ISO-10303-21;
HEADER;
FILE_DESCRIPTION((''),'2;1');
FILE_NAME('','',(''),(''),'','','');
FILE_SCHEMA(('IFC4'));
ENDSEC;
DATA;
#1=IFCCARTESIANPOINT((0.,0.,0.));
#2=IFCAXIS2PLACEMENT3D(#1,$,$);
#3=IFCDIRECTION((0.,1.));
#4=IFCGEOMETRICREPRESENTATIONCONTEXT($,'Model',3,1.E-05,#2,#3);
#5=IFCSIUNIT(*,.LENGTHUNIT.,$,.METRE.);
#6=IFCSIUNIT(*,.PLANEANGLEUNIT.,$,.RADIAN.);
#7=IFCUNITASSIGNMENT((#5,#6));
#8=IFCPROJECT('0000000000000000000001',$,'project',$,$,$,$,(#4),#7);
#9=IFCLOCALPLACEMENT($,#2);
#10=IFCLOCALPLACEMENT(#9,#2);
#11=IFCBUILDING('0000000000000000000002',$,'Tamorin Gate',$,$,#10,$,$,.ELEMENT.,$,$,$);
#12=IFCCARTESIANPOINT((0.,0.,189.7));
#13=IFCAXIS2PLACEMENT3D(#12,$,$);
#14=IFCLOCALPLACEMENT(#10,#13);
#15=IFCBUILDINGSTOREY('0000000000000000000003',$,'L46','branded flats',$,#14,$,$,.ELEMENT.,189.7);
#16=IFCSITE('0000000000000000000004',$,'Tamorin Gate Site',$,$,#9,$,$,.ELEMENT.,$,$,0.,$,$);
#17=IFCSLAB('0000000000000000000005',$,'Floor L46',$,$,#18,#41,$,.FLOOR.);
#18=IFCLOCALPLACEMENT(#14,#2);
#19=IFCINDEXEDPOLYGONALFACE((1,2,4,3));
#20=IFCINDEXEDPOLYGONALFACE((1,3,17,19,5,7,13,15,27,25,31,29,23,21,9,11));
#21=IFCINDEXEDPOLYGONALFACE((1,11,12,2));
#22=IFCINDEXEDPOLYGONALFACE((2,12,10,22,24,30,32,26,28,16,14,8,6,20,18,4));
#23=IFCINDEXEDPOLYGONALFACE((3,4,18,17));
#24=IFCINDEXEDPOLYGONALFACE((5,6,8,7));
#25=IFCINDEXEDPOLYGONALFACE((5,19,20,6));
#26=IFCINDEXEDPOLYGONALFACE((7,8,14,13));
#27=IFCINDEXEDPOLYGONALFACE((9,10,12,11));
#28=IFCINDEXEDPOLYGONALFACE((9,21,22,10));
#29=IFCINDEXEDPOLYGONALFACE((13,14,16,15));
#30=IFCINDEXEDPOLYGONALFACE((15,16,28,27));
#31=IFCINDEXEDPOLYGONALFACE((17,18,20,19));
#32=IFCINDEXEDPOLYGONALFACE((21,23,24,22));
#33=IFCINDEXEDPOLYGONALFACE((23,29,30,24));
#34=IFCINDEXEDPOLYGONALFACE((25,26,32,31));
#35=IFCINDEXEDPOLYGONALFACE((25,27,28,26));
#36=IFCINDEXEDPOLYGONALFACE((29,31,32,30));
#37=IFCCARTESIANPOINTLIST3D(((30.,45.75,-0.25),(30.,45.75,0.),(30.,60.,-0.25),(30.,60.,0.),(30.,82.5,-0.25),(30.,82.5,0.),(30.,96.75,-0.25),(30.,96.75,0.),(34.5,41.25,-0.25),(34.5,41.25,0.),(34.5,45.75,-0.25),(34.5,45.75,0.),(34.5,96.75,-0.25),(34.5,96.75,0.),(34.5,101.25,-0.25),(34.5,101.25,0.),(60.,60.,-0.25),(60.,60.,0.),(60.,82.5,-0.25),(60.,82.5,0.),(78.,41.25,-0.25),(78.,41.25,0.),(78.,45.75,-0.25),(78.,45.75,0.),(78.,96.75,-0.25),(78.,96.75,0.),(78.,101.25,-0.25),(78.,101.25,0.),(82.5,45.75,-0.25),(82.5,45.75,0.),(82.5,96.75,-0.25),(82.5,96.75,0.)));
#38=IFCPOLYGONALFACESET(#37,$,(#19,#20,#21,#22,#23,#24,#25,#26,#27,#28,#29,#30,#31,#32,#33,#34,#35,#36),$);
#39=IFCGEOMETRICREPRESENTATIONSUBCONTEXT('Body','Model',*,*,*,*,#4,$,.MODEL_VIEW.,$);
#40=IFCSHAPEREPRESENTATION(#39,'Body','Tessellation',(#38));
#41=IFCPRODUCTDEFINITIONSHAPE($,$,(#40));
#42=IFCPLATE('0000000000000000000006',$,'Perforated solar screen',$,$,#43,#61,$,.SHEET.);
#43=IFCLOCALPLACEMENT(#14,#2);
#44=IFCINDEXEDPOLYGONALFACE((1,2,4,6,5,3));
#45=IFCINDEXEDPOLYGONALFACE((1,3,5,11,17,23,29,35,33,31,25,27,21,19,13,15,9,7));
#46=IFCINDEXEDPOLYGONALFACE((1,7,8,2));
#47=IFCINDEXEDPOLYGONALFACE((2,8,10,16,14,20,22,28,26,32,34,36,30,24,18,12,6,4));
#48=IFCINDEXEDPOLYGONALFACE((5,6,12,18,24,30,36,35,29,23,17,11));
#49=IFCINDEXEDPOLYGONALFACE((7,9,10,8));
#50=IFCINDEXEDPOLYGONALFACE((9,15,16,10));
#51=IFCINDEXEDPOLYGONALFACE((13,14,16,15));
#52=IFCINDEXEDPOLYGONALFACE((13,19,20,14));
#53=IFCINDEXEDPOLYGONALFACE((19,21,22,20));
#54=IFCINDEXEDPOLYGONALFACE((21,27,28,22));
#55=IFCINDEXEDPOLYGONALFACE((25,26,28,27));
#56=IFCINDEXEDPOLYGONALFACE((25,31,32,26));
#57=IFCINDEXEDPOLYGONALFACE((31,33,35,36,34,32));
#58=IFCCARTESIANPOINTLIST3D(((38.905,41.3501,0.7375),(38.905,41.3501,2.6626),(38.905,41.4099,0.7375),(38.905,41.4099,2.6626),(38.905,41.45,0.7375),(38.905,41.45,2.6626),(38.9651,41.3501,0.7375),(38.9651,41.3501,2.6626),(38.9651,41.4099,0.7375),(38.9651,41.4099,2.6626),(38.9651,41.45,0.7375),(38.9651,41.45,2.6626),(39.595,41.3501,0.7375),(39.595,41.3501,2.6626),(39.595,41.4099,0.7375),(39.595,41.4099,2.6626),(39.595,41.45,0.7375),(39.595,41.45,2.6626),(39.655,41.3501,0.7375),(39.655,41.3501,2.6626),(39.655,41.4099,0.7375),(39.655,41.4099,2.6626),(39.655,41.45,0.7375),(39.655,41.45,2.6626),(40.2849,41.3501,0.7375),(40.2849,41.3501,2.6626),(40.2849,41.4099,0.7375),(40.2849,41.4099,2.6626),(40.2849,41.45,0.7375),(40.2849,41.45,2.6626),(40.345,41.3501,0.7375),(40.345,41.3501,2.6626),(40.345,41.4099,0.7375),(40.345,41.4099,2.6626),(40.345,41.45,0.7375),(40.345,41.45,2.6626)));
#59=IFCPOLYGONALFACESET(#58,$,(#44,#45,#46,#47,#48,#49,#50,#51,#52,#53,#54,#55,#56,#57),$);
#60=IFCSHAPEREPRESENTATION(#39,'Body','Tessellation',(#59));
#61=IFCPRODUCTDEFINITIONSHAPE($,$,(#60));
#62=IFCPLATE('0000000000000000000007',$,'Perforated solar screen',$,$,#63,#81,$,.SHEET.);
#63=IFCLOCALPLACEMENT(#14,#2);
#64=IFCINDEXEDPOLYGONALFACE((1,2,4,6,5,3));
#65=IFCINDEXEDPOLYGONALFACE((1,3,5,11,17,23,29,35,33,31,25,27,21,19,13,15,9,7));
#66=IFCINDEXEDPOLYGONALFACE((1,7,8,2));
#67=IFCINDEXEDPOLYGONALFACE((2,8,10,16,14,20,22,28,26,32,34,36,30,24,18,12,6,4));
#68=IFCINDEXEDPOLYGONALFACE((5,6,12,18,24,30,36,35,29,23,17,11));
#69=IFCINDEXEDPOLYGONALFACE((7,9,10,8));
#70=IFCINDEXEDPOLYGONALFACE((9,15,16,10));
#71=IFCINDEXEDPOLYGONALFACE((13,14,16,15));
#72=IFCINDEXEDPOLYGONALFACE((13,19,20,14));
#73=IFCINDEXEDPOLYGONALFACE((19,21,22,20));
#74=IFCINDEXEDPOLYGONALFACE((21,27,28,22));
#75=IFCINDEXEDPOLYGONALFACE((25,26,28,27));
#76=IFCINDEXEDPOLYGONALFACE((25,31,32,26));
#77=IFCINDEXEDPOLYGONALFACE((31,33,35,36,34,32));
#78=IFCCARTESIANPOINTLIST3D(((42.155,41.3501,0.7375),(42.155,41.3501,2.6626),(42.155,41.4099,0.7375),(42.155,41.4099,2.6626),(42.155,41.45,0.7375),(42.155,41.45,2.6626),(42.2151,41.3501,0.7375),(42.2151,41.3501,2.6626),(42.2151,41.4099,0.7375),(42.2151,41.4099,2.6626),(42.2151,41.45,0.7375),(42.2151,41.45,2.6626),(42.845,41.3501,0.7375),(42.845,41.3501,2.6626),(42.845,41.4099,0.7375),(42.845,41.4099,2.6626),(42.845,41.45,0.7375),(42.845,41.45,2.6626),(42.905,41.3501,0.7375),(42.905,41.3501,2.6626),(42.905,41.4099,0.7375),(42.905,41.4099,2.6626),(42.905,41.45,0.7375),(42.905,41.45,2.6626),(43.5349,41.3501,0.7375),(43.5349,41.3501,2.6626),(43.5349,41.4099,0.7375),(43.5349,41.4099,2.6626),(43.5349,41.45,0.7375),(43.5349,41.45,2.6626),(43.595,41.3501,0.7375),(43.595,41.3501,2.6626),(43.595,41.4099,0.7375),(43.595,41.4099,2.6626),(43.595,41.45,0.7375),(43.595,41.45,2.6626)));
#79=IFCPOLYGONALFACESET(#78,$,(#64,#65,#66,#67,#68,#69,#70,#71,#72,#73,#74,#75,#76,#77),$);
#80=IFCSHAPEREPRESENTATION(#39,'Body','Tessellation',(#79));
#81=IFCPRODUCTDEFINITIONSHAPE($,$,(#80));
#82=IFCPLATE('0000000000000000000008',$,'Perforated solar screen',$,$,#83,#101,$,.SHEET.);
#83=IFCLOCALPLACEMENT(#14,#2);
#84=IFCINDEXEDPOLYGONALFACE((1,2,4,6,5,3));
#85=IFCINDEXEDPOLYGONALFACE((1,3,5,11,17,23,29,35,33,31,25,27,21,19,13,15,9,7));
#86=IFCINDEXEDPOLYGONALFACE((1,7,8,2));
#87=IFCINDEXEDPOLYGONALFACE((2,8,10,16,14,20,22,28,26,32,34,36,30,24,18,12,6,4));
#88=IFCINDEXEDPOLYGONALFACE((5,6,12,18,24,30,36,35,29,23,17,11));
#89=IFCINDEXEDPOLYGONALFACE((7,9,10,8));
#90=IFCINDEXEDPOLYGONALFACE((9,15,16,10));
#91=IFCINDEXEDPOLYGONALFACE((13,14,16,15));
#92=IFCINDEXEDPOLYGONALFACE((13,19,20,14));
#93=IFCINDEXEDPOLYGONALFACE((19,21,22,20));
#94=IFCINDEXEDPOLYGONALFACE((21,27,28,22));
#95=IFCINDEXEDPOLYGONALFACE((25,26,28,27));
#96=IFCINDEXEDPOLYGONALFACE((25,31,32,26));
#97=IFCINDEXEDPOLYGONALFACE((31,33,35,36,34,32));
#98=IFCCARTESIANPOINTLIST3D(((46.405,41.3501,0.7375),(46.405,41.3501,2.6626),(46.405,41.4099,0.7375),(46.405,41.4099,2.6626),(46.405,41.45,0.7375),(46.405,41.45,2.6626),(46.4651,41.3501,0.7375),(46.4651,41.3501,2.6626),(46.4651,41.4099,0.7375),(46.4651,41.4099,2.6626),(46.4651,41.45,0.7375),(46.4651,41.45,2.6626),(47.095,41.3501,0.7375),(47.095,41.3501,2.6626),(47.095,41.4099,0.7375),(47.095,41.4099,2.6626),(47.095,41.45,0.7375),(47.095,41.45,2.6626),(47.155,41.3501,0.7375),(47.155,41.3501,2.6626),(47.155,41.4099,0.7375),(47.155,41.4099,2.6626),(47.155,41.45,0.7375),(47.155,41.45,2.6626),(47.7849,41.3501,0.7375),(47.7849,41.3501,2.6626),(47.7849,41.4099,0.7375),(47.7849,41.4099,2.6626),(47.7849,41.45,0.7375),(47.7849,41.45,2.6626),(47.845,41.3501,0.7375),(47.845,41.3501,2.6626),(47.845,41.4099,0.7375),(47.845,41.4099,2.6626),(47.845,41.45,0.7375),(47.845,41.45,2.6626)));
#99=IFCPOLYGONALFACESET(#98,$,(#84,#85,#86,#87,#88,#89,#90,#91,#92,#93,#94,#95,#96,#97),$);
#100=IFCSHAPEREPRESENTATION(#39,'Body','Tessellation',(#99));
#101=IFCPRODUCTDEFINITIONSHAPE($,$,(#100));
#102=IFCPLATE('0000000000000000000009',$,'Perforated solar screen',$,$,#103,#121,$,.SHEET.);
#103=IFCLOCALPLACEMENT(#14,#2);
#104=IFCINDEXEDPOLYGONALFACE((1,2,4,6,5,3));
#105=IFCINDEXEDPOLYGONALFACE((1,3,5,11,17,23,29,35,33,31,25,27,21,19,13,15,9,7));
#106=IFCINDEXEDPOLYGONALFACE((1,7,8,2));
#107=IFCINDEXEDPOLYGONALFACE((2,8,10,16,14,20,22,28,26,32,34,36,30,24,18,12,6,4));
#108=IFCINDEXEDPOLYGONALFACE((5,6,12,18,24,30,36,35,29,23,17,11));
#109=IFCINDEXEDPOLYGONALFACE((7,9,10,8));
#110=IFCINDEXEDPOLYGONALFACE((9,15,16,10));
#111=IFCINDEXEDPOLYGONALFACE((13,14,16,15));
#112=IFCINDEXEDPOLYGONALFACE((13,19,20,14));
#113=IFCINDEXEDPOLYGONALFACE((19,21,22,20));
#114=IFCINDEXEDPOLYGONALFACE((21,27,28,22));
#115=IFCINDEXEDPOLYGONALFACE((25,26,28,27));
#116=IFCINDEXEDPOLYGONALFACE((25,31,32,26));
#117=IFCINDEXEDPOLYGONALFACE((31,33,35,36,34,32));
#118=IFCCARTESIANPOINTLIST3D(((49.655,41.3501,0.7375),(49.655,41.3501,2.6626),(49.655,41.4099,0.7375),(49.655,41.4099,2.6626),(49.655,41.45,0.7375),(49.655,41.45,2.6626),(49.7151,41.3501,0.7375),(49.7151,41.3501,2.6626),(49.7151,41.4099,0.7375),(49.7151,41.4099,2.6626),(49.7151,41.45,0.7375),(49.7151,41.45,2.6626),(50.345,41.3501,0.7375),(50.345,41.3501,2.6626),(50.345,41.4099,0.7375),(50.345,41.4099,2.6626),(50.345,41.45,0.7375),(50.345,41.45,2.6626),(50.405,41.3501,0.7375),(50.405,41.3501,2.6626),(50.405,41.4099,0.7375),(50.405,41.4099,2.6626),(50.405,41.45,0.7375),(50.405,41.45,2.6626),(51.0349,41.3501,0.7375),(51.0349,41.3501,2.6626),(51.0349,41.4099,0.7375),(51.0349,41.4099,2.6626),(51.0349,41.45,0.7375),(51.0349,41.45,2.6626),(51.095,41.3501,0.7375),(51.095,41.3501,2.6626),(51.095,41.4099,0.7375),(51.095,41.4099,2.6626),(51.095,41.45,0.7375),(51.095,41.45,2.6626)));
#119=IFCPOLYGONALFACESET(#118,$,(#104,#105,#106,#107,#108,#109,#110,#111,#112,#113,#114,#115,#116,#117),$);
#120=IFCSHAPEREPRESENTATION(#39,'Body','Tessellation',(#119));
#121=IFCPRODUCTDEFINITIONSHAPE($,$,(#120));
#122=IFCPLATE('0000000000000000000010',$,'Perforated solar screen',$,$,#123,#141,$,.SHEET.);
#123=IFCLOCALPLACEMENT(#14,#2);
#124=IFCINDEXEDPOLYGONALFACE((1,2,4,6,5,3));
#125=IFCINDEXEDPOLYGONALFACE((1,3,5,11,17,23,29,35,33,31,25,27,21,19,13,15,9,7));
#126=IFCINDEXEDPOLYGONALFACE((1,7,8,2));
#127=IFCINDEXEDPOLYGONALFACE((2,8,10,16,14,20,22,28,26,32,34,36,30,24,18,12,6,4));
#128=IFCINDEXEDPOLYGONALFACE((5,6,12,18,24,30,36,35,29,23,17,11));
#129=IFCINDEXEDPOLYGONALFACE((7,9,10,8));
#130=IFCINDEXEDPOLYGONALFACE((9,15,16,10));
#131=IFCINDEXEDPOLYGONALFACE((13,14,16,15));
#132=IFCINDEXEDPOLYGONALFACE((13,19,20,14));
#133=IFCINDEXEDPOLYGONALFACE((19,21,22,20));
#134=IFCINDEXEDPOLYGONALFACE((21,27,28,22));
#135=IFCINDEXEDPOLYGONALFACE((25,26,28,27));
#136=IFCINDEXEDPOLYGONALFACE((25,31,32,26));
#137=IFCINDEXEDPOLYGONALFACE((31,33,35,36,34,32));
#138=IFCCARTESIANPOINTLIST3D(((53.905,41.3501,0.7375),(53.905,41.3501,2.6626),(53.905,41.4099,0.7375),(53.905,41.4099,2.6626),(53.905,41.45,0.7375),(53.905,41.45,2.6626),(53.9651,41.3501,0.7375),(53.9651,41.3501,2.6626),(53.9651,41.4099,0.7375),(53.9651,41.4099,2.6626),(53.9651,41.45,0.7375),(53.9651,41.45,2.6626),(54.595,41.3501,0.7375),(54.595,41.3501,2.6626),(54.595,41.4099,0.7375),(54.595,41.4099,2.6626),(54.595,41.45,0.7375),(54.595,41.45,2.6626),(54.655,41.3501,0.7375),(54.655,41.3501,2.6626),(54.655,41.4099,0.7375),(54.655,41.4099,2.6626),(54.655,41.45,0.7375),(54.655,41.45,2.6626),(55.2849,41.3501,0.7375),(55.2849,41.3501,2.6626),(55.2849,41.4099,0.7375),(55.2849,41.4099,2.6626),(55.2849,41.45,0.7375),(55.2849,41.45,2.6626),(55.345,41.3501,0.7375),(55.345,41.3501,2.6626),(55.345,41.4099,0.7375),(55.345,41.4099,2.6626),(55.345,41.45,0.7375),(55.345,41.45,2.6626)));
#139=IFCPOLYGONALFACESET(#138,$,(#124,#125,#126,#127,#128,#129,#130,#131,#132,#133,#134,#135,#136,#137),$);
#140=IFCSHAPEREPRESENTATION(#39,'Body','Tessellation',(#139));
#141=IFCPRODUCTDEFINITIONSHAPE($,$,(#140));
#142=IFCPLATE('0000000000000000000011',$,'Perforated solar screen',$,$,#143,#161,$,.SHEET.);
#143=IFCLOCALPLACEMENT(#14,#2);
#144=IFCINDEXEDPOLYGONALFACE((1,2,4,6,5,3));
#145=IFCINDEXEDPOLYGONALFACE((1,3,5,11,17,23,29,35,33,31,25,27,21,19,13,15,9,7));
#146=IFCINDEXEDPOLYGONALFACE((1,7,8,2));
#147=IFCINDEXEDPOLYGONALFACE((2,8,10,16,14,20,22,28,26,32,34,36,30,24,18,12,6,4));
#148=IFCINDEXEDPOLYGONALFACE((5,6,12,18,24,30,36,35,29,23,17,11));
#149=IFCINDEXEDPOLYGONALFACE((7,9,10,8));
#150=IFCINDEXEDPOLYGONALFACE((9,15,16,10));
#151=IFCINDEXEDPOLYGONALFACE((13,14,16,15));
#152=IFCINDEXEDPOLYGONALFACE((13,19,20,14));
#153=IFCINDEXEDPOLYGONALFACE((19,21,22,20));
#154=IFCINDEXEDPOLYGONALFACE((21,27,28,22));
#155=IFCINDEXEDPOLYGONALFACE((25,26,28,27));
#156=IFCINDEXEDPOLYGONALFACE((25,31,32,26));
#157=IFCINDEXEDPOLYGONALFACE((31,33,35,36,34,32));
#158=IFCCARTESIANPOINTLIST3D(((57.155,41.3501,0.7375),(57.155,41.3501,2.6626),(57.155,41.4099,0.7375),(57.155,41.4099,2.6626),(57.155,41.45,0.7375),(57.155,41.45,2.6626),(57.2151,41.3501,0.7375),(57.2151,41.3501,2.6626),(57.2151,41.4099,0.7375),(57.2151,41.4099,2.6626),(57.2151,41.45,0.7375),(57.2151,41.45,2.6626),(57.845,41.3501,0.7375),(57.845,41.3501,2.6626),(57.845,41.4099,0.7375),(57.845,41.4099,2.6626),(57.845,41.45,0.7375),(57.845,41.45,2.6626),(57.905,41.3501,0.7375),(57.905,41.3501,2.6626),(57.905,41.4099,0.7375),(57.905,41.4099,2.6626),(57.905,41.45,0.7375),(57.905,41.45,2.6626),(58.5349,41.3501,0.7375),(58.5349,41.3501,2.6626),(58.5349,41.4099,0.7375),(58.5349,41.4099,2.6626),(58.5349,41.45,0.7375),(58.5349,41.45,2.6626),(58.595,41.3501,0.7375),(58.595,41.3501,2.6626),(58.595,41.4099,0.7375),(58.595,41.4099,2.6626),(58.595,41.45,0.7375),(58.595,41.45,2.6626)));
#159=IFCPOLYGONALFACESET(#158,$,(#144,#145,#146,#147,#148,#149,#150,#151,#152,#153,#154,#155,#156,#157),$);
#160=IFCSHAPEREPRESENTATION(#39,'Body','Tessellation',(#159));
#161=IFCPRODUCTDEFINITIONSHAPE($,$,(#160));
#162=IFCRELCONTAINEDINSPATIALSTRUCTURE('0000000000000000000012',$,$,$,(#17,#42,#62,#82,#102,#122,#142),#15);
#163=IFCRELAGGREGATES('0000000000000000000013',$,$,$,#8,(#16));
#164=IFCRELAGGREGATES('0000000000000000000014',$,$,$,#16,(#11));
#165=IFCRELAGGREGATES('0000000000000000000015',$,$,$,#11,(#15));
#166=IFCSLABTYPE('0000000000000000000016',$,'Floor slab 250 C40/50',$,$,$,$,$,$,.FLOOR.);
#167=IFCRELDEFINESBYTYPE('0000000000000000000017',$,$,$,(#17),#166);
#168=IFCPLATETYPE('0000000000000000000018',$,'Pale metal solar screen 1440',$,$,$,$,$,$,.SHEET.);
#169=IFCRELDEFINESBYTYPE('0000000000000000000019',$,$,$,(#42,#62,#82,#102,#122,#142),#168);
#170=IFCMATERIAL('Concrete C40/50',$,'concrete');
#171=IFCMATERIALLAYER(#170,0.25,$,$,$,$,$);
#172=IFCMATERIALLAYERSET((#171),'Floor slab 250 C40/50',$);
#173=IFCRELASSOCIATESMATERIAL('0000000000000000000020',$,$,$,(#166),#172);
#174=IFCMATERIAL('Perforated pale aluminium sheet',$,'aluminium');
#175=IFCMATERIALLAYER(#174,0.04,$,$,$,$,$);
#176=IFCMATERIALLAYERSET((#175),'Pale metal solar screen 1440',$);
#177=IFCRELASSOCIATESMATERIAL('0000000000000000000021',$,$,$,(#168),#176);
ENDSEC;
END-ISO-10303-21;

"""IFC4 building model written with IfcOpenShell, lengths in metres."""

from ifc_helpers import new_model, si_unit, direction, frame, origin, place, context, subcontext, project, spatial, polyline, outline, extrude, material, layer, layer_set, type_object, element, save


model = new_model("IFC4")

# Units and contexts
model_context = context("Model", 3, precision=1e-05, world=origin(), true_north=direction((0.0, 1.0)))
body_context = subcontext(model_context, "Body", "Model", "MODEL_VIEW")
ifc_project = project(units=[si_unit("LENGTHUNIT", "METRE"), si_unit("PLANEANGLEUNIT", "RADIAN")], contexts=[model_context])

# Site, building, storey
site_placement = place(None, origin())
site = spatial("IfcSite", under=ifc_project, at=site_placement, Name="Tamorin Gate Site", CompositionType="ELEMENT", RefElevation=0.0)
building_placement = place(site_placement, origin())
building = spatial("IfcBuilding", under=site, at=building_placement, Name="Tamorin Gate", CompositionType="ELEMENT")
storey_placement = place(building_placement, frame((0.0, 0.0, 189.7)))
storey = spatial("IfcBuildingStorey", under=building, at=storey_placement, Name="L46", Description="branded flats", CompositionType="ELEMENT", Elevation=189.7)

# Slab
ifc_material_1 = material(Name="Concrete C40/50", Category="concrete")
ifc_layer_1 = layer(ifc_material_1, 0.25)
ifc_layer_set_1 = layer_set([ifc_layer_1], Name="Floor slab 250 C40/50")
slab_type = type_object("IfcSlabType", Name="Floor slab 250 C40/50", PredefinedType="FLOOR", material=ifc_layer_set_1)
slab_placement = place(storey_placement, frame((0.0, 0.0, -0.25)))
element("IfcSlab", 1, at=slab_placement, inside=storey, type_object=slab_type, Name="Floor L46", PredefinedType="FLOOR", context=body_context, shape_type="SweptSolid", body=[
    extrude(outline(polyline([(30.0, 96.75), (34.5, 96.75), (34.5, 101.25), (78.0, 101.25), (78.0, 96.75), (82.5, 96.75), (82.5, 45.75), (78.0, 45.75), (78.0, 41.25), (34.5, 41.25), (34.5, 45.75), (30.0, 45.75), (30.0, 60.0), (60.0, 60.0), (60.0, 82.5), (30.0, 82.5), (30.0, 96.75)])), origin(), (0.0, 0.0, 1.0), 0.25),
])

# Plates
ifc_material_2 = material(Name="Perforated pale aluminium sheet", Category="aluminium")
ifc_layer_2 = layer(ifc_material_2, 0.04)
ifc_layer_set_2 = layer_set([ifc_layer_2], Name="Pale metal solar screen 1440")
plate_type_1 = type_object("IfcPlateType", Name="Pale metal solar screen 1440", PredefinedType="SHEET", material=ifc_layer_set_2)
plate_1_placement = place(storey_placement, frame((0.0, 0.0, 0.7375)))
element("IfcPlate", 2, at=plate_1_placement, inside=storey, type_object=plate_type_1, Name="Perforated solar screen", PredefinedType="SHEET", context=body_context, shape_type="SweptSolid", body=[
    extrude(outline(polyline([(38.905, 41.4099), (38.905, 41.45), (38.9651, 41.45), (39.595, 41.45), (39.655, 41.45), (40.2849, 41.45), (40.345, 41.45), (40.345, 41.45), (40.345, 41.4099), (40.345, 41.4099), (40.345, 41.3501), (40.2849, 41.3501), (40.2849, 41.4099), (39.655, 41.4099), (39.655, 41.3501), (39.595, 41.3501), (39.595, 41.4099), (38.9651, 41.4099), (38.9651, 41.3501), (38.905, 41.3501), (38.905, 41.4099)])), origin(), (0.0, 0.0, 1.0), 1.925),
])
plate_2_placement = place(storey_placement, frame((0.0, 0.0, 0.7375)))
element("IfcPlate", 3, at=plate_2_placement, inside=storey, type_object=plate_type_1, Name="Perforated solar screen", PredefinedType="SHEET", context=body_context, shape_type="SweptSolid", body=[
    extrude(outline(polyline([(42.155, 41.4099), (42.155, 41.45), (42.2151, 41.45), (42.845, 41.45), (42.905, 41.45), (43.5349, 41.45), (43.595, 41.45), (43.595, 41.4099), (43.595, 41.3501), (43.5349, 41.3501), (43.5349, 41.4099), (42.905, 41.4099), (42.905, 41.3501), (42.845, 41.3501), (42.845, 41.4099), (42.2151, 41.4099), (42.2151, 41.3501), (42.155, 41.3501), (42.155, 41.4099)])), origin(), (0.0, 0.0, 1.0), 1.925),
])
plate_3_placement = place(storey_placement, frame((0.0, 0.0, 0.7375)))
element("IfcPlate", 4, at=plate_3_placement, inside=storey, type_object=plate_type_1, Name="Perforated solar screen", PredefinedType="SHEET", context=body_context, shape_type="SweptSolid", body=[
    extrude(outline(polyline([(46.405, 41.4099), (46.405, 41.45), (46.4651, 41.45), (47.095, 41.45), (47.155, 41.45), (47.7849, 41.45), (47.845, 41.45), (47.845, 41.4099), (47.845, 41.3501), (47.7849, 41.3501), (47.7849, 41.4099), (47.155, 41.4099), (47.155, 41.3501), (47.095, 41.3501), (47.095, 41.4099), (46.4651, 41.4099), (46.4651, 41.3501), (46.405, 41.3501), (46.405, 41.4099)])), origin(), (0.0, 0.0, 1.0), 1.925),
])
plate_4_placement = place(storey_placement, frame((0.0, 0.0, 0.7375)))
element("IfcPlate", 5, at=plate_4_placement, inside=storey, type_object=plate_type_1, Name="Perforated solar screen", PredefinedType="SHEET", context=body_context, shape_type="SweptSolid", body=[
    extrude(outline(polyline([(49.655, 41.4099), (49.655, 41.45), (49.7151, 41.45), (50.345, 41.45), (50.405, 41.45), (51.0349, 41.45), (51.095, 41.45), (51.095, 41.4099), (51.095, 41.3501), (51.0349, 41.3501), (51.0349, 41.4099), (50.405, 41.4099), (50.405, 41.3501), (50.345, 41.3501), (50.345, 41.4099), (49.7151, 41.4099), (49.7151, 41.3501), (49.655, 41.3501), (49.655, 41.4099)])), origin(), (0.0, 0.0, 1.0), 1.925),
])
plate_5_placement = place(storey_placement, frame((0.0, 0.0, 0.7375)))
element("IfcPlate", 6, at=plate_5_placement, inside=storey, type_object=plate_type_1, Name="Perforated solar screen", PredefinedType="SHEET", context=body_context, shape_type="SweptSolid", body=[
    extrude(outline(polyline([(53.905, 41.4099), (53.905, 41.45), (53.9651, 41.45), (54.595, 41.45), (54.655, 41.45), (55.2849, 41.45), (55.345, 41.45), (55.345, 41.4099), (55.345, 41.3501), (55.2849, 41.3501), (55.2849, 41.4099), (54.655, 41.4099), (54.655, 41.3501), (54.595, 41.3501), (54.595, 41.4099), (53.9651, 41.4099), (53.9651, 41.3501), (53.905, 41.3501), (53.905, 41.4099)])), origin(), (0.0, 0.0, 1.0), 1.925),
])
plate_6_placement = place(storey_placement, frame((0.0, 0.0, 0.7375)))
element("IfcPlate", 7, at=plate_6_placement, inside=storey, type_object=plate_type_1, Name="Perforated solar screen", PredefinedType="SHEET", context=body_context, shape_type="SweptSolid", body=[
    extrude(outline(polyline([(57.155, 41.4099), (57.155, 41.45), (57.2151, 41.45), (57.845, 41.45), (57.905, 41.45), (58.5349, 41.45), (58.595, 41.45), (58.595, 41.4099), (58.595, 41.3501), (58.5349, 41.3501), (58.5349, 41.4099), (57.905, 41.4099), (57.905, 41.3501), (57.845, 41.3501), (57.845, 41.4099), (57.2151, 41.4099), (57.2151, 41.3501), (57.155, 41.3501), (57.155, 41.4099)])), origin(), (0.0, 0.0, 1.0), 1.925),
])

save(model, "model.ifc")
